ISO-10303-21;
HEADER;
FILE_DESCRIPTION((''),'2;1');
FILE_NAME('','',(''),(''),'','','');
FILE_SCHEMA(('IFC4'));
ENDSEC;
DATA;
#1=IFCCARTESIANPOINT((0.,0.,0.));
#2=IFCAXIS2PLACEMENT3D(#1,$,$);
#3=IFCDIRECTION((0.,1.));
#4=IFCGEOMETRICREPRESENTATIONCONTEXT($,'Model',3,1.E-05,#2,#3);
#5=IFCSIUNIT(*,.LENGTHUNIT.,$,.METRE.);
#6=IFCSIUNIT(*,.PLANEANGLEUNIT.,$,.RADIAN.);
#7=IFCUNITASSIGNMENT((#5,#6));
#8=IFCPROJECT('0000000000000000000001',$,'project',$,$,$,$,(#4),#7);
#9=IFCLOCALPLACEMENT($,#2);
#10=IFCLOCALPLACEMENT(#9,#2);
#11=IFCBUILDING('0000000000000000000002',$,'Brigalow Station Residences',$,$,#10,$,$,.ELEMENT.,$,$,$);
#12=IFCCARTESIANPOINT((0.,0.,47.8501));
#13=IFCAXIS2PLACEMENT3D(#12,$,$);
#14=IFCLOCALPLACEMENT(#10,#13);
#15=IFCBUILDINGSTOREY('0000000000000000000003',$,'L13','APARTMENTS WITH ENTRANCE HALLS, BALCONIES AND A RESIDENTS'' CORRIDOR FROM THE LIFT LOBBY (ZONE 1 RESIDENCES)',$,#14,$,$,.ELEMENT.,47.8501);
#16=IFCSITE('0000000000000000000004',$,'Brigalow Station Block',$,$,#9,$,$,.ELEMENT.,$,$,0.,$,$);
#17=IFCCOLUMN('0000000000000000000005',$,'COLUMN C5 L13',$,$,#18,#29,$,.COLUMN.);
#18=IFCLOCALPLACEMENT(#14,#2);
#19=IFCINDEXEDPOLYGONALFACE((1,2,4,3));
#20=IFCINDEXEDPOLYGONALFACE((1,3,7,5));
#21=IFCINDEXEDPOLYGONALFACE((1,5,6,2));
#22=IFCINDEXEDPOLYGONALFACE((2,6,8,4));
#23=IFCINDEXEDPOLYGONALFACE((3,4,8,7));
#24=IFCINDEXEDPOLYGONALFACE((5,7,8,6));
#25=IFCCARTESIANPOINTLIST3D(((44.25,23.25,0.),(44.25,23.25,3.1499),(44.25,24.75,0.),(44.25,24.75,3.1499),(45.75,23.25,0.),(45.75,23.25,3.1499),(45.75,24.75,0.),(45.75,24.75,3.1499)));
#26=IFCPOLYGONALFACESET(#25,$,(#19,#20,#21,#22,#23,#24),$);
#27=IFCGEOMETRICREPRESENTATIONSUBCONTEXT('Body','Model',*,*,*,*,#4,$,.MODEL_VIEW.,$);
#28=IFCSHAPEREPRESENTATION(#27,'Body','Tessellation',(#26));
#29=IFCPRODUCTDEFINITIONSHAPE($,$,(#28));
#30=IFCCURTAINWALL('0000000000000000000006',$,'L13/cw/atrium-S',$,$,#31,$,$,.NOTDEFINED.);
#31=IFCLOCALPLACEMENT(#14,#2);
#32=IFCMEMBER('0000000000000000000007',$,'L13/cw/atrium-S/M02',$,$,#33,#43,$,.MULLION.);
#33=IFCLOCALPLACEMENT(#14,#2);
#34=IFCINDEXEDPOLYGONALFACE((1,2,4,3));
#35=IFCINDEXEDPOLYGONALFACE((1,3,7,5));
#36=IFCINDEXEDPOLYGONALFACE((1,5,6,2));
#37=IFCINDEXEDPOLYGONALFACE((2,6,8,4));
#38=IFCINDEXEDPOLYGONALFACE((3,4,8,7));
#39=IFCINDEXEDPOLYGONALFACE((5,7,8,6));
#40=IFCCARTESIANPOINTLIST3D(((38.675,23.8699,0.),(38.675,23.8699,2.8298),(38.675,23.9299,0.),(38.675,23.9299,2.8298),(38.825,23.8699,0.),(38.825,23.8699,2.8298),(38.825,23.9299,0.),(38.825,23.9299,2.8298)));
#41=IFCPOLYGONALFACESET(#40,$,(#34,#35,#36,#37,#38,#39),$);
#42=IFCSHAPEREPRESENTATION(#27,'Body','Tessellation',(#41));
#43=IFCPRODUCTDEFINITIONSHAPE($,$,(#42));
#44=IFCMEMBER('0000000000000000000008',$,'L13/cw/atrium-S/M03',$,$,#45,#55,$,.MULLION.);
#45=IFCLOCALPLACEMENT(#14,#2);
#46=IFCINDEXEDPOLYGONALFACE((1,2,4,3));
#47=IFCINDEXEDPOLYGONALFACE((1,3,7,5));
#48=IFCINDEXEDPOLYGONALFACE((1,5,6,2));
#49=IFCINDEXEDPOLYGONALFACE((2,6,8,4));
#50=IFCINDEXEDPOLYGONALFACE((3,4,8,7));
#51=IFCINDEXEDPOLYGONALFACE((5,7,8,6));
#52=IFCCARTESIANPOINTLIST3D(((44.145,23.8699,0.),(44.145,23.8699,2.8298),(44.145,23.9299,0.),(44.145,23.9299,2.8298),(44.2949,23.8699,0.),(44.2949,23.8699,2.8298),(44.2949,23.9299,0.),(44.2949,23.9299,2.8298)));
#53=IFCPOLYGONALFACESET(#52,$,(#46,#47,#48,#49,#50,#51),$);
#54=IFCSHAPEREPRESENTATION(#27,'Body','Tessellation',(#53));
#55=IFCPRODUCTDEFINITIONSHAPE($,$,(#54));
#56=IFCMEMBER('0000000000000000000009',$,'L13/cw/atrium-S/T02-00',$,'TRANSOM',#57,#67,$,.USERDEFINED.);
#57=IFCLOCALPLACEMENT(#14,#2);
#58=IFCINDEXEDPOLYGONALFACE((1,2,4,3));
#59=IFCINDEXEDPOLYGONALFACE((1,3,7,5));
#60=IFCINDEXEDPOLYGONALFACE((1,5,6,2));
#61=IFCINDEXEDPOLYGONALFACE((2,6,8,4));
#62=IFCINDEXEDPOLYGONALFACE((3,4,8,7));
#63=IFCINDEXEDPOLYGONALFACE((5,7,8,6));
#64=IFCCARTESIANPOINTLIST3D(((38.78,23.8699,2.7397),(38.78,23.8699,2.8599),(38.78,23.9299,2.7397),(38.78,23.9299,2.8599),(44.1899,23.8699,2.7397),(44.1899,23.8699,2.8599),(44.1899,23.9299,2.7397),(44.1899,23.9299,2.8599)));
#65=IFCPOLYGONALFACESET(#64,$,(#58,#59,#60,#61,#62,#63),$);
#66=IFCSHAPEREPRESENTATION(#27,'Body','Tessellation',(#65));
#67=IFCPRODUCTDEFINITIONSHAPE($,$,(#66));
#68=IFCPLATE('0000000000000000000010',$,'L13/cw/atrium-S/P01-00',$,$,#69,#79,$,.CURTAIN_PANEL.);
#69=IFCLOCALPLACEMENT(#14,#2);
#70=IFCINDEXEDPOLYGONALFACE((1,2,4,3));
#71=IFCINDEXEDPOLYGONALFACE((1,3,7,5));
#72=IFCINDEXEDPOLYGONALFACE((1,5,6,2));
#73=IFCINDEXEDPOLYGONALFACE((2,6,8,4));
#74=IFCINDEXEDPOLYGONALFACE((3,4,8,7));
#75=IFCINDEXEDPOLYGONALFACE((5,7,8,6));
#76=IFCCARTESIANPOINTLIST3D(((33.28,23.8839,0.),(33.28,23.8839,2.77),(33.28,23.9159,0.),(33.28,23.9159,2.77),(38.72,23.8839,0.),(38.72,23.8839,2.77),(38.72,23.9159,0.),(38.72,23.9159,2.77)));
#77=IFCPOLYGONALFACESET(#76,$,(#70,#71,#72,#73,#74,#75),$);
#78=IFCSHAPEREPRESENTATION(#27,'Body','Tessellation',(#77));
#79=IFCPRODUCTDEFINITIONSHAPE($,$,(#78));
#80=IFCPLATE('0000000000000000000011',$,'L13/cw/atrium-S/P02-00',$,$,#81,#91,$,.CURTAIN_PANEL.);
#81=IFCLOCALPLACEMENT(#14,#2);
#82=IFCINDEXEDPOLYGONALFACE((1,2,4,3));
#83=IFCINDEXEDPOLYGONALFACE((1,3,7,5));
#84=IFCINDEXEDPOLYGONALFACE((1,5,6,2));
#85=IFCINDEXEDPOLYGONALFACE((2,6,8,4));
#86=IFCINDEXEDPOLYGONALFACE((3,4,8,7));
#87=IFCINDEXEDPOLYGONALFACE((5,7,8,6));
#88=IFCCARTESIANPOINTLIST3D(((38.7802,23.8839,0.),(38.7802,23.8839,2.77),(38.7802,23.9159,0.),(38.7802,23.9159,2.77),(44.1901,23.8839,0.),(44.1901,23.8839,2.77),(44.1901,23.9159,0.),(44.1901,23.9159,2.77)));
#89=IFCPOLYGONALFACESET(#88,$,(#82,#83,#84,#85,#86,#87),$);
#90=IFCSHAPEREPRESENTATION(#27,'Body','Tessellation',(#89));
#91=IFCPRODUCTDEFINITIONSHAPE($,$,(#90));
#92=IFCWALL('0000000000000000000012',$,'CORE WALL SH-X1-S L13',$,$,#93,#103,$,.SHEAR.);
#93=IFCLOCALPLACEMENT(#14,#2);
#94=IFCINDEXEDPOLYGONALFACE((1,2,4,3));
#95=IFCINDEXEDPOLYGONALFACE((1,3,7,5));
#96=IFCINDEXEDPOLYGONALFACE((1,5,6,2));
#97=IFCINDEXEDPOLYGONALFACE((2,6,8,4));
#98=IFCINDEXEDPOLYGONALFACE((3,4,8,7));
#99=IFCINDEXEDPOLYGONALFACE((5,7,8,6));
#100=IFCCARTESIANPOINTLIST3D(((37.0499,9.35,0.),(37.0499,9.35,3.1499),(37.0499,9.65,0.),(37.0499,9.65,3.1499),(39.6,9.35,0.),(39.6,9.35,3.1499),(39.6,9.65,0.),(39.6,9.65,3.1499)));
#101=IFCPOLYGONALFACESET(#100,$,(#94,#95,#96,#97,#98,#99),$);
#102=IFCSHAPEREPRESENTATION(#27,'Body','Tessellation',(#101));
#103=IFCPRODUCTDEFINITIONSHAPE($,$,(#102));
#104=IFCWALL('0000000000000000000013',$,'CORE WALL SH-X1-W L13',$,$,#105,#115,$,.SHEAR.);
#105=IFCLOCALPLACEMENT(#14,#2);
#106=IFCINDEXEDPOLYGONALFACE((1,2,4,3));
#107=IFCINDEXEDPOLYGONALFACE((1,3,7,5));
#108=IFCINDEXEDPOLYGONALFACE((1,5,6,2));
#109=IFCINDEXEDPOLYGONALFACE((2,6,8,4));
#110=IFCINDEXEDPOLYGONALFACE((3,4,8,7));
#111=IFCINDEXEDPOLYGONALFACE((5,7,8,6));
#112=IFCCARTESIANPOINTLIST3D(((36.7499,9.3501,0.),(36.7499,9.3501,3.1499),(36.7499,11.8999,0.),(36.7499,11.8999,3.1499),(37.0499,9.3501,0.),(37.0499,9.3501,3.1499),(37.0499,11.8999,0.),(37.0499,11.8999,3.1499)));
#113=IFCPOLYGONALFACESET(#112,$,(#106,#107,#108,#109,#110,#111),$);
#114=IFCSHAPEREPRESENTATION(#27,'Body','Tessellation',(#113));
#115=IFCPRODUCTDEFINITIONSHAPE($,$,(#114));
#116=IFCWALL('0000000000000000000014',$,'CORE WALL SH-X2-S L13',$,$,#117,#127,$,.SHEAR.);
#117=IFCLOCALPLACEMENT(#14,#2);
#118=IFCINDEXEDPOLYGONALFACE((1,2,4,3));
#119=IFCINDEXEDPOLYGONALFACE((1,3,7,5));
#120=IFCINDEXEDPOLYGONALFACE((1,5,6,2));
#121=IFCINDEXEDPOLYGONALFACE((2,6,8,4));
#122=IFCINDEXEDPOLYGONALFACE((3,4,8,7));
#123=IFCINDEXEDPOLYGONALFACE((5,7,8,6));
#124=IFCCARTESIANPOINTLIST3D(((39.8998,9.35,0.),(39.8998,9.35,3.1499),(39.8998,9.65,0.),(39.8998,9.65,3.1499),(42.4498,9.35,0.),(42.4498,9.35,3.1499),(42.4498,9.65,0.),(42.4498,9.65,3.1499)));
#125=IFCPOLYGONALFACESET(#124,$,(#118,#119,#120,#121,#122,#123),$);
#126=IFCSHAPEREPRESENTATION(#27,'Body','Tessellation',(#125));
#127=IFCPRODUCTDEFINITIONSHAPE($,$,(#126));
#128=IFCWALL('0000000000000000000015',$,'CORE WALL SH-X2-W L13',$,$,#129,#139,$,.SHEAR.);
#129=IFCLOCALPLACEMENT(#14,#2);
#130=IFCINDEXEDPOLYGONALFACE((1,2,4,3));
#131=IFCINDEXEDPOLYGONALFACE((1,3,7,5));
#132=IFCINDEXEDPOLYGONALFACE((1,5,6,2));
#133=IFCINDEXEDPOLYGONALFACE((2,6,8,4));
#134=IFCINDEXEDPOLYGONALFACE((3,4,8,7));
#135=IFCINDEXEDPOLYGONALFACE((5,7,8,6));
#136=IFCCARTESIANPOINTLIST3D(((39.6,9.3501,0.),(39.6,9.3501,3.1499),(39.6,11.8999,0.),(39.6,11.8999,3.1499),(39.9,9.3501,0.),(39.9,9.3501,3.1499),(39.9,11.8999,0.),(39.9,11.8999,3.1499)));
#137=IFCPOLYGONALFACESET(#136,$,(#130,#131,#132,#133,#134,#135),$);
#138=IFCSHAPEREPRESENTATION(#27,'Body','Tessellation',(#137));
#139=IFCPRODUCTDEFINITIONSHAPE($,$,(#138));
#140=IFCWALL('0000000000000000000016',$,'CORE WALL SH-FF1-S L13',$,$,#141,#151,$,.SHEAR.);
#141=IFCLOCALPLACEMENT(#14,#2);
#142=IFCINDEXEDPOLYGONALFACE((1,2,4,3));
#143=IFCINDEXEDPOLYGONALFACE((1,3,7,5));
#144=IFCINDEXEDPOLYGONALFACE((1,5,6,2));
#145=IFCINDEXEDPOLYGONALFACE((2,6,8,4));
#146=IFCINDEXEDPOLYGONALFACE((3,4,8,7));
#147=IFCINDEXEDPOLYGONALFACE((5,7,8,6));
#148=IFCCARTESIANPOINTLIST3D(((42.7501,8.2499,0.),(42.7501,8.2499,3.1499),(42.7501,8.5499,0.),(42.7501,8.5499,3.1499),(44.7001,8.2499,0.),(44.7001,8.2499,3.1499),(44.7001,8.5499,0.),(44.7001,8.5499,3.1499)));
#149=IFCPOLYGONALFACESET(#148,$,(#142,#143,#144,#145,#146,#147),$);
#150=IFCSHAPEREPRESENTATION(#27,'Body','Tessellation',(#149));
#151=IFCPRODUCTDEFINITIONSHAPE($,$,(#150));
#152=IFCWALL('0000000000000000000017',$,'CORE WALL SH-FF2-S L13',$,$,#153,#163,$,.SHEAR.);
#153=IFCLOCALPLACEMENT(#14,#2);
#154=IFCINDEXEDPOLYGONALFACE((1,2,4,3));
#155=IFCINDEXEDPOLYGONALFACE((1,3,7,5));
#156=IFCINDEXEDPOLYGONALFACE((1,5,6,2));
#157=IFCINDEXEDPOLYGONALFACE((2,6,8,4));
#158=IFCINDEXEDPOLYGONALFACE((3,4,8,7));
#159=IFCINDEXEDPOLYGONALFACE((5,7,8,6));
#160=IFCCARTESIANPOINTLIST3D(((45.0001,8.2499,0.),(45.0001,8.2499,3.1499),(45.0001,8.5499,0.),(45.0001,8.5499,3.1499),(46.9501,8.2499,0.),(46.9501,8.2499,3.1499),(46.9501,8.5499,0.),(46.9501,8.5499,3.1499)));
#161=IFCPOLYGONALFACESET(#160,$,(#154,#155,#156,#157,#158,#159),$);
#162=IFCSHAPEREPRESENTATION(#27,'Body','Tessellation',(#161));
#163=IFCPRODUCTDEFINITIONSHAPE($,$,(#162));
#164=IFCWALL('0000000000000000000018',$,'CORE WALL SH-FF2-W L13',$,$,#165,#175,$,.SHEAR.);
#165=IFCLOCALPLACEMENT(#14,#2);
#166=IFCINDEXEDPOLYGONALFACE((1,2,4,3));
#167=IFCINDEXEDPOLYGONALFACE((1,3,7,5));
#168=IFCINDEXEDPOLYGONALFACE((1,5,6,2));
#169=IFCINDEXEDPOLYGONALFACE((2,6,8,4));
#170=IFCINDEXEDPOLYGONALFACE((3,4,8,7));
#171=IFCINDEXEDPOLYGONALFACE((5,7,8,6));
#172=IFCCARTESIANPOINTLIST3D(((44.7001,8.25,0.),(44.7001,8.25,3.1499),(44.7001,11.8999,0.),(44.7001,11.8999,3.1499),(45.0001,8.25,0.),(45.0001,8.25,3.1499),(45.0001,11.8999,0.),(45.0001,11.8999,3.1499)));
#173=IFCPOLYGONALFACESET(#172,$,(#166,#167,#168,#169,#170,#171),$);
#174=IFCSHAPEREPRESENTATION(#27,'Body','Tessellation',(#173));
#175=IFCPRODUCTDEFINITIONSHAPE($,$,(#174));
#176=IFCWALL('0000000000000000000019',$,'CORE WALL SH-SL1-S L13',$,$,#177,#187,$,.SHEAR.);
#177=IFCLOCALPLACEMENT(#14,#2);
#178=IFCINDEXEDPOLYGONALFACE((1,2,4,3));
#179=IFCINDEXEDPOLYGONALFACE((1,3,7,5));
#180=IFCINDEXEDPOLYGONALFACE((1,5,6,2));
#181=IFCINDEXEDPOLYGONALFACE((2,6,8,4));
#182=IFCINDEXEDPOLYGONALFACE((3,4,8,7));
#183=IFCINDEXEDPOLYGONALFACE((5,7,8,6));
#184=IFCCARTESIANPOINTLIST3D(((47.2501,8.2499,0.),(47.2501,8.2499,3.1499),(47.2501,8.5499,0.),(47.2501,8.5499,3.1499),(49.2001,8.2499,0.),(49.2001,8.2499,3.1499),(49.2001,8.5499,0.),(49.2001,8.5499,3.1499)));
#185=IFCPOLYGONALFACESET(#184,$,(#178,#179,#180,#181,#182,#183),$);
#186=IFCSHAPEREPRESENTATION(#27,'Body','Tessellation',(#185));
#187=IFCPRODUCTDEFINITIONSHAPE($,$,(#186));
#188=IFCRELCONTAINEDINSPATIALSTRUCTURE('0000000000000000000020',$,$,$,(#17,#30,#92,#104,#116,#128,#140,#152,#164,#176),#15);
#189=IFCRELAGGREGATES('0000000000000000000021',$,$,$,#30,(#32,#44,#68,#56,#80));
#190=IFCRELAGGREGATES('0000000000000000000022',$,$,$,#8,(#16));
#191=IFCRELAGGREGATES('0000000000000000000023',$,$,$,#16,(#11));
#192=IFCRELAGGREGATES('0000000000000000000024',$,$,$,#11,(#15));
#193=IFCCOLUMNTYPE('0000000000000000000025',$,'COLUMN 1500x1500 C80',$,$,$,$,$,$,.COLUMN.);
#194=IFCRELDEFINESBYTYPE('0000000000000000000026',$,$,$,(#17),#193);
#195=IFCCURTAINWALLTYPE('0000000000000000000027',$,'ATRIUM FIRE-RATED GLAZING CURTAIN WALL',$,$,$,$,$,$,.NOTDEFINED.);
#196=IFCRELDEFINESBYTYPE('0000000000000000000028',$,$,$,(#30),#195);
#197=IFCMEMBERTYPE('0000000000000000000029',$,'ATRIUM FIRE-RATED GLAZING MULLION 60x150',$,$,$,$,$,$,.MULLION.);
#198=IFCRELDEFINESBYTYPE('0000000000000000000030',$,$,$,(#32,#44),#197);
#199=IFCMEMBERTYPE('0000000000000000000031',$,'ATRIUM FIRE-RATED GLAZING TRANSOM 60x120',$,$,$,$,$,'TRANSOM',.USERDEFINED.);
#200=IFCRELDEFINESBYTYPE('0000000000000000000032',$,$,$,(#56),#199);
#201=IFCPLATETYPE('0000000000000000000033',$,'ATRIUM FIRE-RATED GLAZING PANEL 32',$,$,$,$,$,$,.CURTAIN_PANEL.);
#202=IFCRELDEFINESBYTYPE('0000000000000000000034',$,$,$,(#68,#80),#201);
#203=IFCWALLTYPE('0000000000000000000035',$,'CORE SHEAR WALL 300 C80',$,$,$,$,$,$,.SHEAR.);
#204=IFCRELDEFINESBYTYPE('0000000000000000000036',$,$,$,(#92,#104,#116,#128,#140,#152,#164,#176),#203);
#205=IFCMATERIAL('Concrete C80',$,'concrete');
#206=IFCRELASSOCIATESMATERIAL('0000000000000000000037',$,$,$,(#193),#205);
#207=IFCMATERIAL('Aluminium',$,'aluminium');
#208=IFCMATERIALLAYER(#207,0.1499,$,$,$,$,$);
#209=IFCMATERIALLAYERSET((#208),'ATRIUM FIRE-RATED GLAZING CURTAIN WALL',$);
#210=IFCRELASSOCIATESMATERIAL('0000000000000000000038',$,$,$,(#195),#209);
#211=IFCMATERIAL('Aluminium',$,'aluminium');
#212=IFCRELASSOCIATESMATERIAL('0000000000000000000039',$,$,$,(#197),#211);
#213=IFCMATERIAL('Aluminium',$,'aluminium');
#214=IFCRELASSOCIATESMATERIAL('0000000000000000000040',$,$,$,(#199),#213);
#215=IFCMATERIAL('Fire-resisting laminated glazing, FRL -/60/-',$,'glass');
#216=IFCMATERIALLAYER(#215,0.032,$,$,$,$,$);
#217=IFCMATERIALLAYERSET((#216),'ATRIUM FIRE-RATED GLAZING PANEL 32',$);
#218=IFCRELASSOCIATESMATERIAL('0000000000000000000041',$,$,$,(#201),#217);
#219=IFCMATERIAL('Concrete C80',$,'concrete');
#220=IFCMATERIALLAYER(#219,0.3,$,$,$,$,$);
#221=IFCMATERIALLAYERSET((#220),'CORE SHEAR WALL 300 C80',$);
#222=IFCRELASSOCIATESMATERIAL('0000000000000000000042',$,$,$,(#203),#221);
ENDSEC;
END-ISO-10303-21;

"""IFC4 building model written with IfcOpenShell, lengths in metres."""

from ifc_helpers import new_model, si_unit, direction, frame, frame_2d, origin, origin_2d, place, context, subcontext, project, spatial, rectangle, extrude, material, layer, layer_set, material_profile, profile_set, type_object, element, aggregate, save


model = new_model("IFC4")

# Units and contexts
model_context = context("Model", 3, precision=1e-05, world=origin(), true_north=direction((0.0, 1.0)))
body_context = subcontext(model_context, "Body", "Model", "MODEL_VIEW")
ifc_project = project(units=[si_unit("LENGTHUNIT", "METRE"), si_unit("PLANEANGLEUNIT", "RADIAN")], contexts=[model_context])

# Site, building, storey
site_placement = place(None, origin())
site = spatial("IfcSite", under=ifc_project, at=site_placement, Name="Brigalow Station Block", CompositionType="ELEMENT", RefElevation=0.0)
building_placement = place(site_placement, origin())
building = spatial("IfcBuilding", under=site, at=building_placement, Name="Brigalow Station Residences", CompositionType="ELEMENT")
storey_placement = place(building_placement, frame((0.0, 0.0, 47.8501)))
storey = spatial("IfcBuildingStorey", under=building, at=storey_placement, Name="L13", Description="APARTMENTS WITH ENTRANCE HALLS, BALCONIES AND A RESIDENTS' CORRIDOR FROM THE LIFT LOBBY (ZONE 1 RESIDENCES)", CompositionType="ELEMENT", Elevation=47.8501)

# Column
ifc_material_1 = material(Name="Concrete C80", Category="concrete")
ifc_material_profile_1 = material_profile(ifc_material_1, rectangle(XDim=1.5, YDim=1.5, at=origin_2d()), Name="RC1500x1500")
ifc_profile_set_1 = profile_set([ifc_material_profile_1], Name="Concrete C80")
column_type = type_object("IfcColumnType", Name="COLUMN 1500x1500 C80", PredefinedType="COLUMN", material=ifc_profile_set_1)
column_placement = place(storey_placement, frame((45.0, 24.0, 0.0), z_axis=(0.0, 0.0, 1.0), x_axis=(1.0, 0.0, 0.0)))
element("IfcColumn", 1, at=column_placement, inside=storey, type_object=column_type, Name="COLUMN C5 L13", PredefinedType="COLUMN", context=body_context, shape_type="SweptSolid", body=[
    extrude(rectangle(XDim=1.5, YDim=1.5, at=origin_2d()), origin(), (0.0, 0.0, 1.0), 3.1499),
])

# Curtain wall, members, plates
ifc_material_2 = material(Name="Aluminium", Category="aluminium")
ifc_layer_1 = layer(ifc_material_2, 0.1499)
ifc_layer_set_1 = layer_set([ifc_layer_1], Name="ATRIUM FIRE-RATED GLAZING CURTAIN WALL")
curtain_wall_type = type_object("IfcCurtainWallType", Name="ATRIUM FIRE-RATED GLAZING CURTAIN WALL", PredefinedType="NOTDEFINED", material=ifc_layer_set_1)
curtain_wall_placement = place(storey_placement, origin())
curtain_wall = element("IfcCurtainWall", 2, at=curtain_wall_placement, inside=storey, type_object=curtain_wall_type, Name="L13/cw/atrium-S", PredefinedType="NOTDEFINED")
ifc_material_3 = material(Name="Aluminium", Category="aluminium")
ifc_material_profile_2 = material_profile(ifc_material_3, rectangle(XDim=0.0601, YDim=0.1499, at=origin_2d()), Name="ATRIUM FIRE-RATED GLAZING MULLION 60x150")
ifc_profile_set_2 = profile_set([ifc_material_profile_2], Name="Aluminium")
member_type_1 = type_object("IfcMemberType", Name="ATRIUM FIRE-RATED GLAZING MULLION 60x150", PredefinedType="MULLION", material=ifc_profile_set_2)
member_1_placement = place(storey_placement, frame((38.75, 23.8999, 0.0), z_axis=(0.0, 0.0, 1.0), x_axis=(0.0, 1.0, 0.0)))
member_1 = element("IfcMember", 3, at=member_1_placement, type_object=member_type_1, Name="L13/cw/atrium-S/M02", PredefinedType="MULLION", context=body_context, shape_type="SweptSolid", body=[
    extrude(rectangle(XDim=0.0601, YDim=0.1499, at=origin_2d()), origin(), (0.0, 0.0, 1.0), 2.8298),
])
member_2_placement = place(storey_placement, frame((44.22, 23.8999, 0.0), z_axis=(0.0, 0.0, 1.0), x_axis=(0.0, 1.0, 0.0)))
member_2 = element("IfcMember", 4, at=member_2_placement, type_object=member_type_1, Name="L13/cw/atrium-S/M03", PredefinedType="MULLION", context=body_context, shape_type="SweptSolid", body=[
    extrude(rectangle(XDim=0.0601, YDim=0.1499, at=origin_2d()), origin(), (0.0, 0.0, 1.0), 2.8298),
])
ifc_material_4 = material(Name="Aluminium", Category="aluminium")
ifc_material_profile_3 = material_profile(ifc_material_4, rectangle(XDim=0.0601, YDim=0.1201, at=origin_2d()), Name="ATRIUM FIRE-RATED GLAZING TRANSOM 60x120")
ifc_profile_set_3 = profile_set([ifc_material_profile_3], Name="Aluminium")
member_type_2 = type_object("IfcMemberType", Name="ATRIUM FIRE-RATED GLAZING TRANSOM 60x120", ElementType="TRANSOM", PredefinedType="USERDEFINED", material=ifc_profile_set_3)
member_3_placement = place(storey_placement, frame((38.78, 23.8999, 2.7998), z_axis=(1.0, 0.0, 0.0), x_axis=(0.0, 1.0, 0.0)))
member_3 = element("IfcMember", 5, at=member_3_placement, type_object=member_type_2, Name="L13/cw/atrium-S/T02-00", ObjectType="TRANSOM", PredefinedType="USERDEFINED", context=body_context, shape_type="SweptSolid", body=[
    extrude(rectangle(XDim=0.0601, YDim=0.1201, at=origin_2d()), origin(), (0.0, 0.0, 1.0), 5.4099),
])
ifc_material_5 = material(Name="Fire-resisting laminated glazing, FRL -/60/-", Category="glass")
ifc_layer_2 = layer(ifc_material_5, 0.032)
ifc_layer_set_2 = layer_set([ifc_layer_2], Name="ATRIUM FIRE-RATED GLAZING PANEL 32")
plate_type = type_object("IfcPlateType", Name="ATRIUM FIRE-RATED GLAZING PANEL 32", PredefinedType="CURTAIN_PANEL", material=ifc_layer_set_2)
plate_1_placement = place(storey_placement, frame((36.0, 23.8999, 0.0), z_axis=(0.0, 0.0, 1.0), x_axis=(1.0, 0.0, 0.0)))
plate_1 = element("IfcPlate", 6, at=plate_1_placement, type_object=plate_type, Name="L13/cw/atrium-S/P01-00", PredefinedType="CURTAIN_PANEL", context=body_context, shape_type="SweptSolid", body=[
    extrude(rectangle(XDim=5.4399, YDim=0.032, at=origin_2d()), origin(), (0.0, 0.0, 1.0), 2.77),
])
plate_2_placement = place(storey_placement, frame((41.4851, 23.8999, 0.0), z_axis=(0.0, 0.0, 1.0), x_axis=(1.0, 0.0, 0.0)))
plate_2 = element("IfcPlate", 7, at=plate_2_placement, type_object=plate_type, Name="L13/cw/atrium-S/P02-00", PredefinedType="CURTAIN_PANEL", context=body_context, shape_type="SweptSolid", body=[
    extrude(rectangle(XDim=5.4099, YDim=0.032, at=origin_2d()), origin(), (0.0, 0.0, 1.0), 2.77),
])
aggregate(curtain_wall, [member_1, member_2, plate_1, member_3, plate_2])

# Walls
ifc_material_6 = material(Name="Concrete C80", Category="concrete")
ifc_layer_3 = layer(ifc_material_6, 0.3)
ifc_layer_set_3 = layer_set([ifc_layer_3], Name="CORE SHEAR WALL 300 C80")
wall_type_1 = type_object("IfcWallType", Name="CORE SHEAR WALL 300 C80", PredefinedType="SHEAR", material=ifc_layer_set_3)
wall_1_placement = place(storey_placement, frame((37.05, 9.5, 0.0), z_axis=(0.0, 0.0, 1.0), x_axis=(1.0, 0.0, 0.0)))
element("IfcWall", 8, at=wall_1_placement, inside=storey, type_object=wall_type_1, Name="CORE WALL SH-X1-S L13", PredefinedType="SHEAR", context=body_context, shape_type="SweptSolid", body=[
    extrude(rectangle(XDim=2.55, YDim=0.3, at=frame_2d((1.2749, 0.0))), origin(), (0.0, 0.0, 1.0), 3.1499),
])
wall_2_placement = place(storey_placement, frame((36.8999, 9.3501, 0.0), z_axis=(0.0, 0.0, 1.0), x_axis=(0.0, 1.0, 0.0)))
element("IfcWall", 9, at=wall_2_placement, inside=storey, type_object=wall_type_1, Name="CORE WALL SH-X1-W L13", PredefinedType="SHEAR", context=body_context, shape_type="SweptSolid", body=[
    extrude(rectangle(XDim=2.5498, YDim=0.3, at=frame_2d((1.2749, 0.0))), origin(), (0.0, 0.0, 1.0), 3.1499),
])
wall_3_placement = place(storey_placement, frame((39.8999, 9.5, 0.0), z_axis=(0.0, 0.0, 1.0), x_axis=(1.0, 0.0, 0.0)))
element("IfcWall", 10, at=wall_3_placement, inside=storey, type_object=wall_type_1, Name="CORE WALL SH-X2-S L13", PredefinedType="SHEAR", context=body_context, shape_type="SweptSolid", body=[
    extrude(rectangle(XDim=2.55, YDim=0.3, at=frame_2d((1.2749, 0.0))), origin(), (0.0, 0.0, 1.0), 3.1499),
])
wall_4_placement = place(storey_placement, frame((39.75, 9.3501, 0.0), z_axis=(0.0, 0.0, 1.0), x_axis=(0.0, 1.0, 0.0)))
element("IfcWall", 11, at=wall_4_placement, inside=storey, type_object=wall_type_1, Name="CORE WALL SH-X2-W L13", PredefinedType="SHEAR", context=body_context, shape_type="SweptSolid", body=[
    extrude(rectangle(XDim=2.5498, YDim=0.3, at=frame_2d((1.2749, 0.0))), origin(), (0.0, 0.0, 1.0), 3.1499),
])
for number, where, z_axis, x_axis, name in (
    (12, (42.75, 8.3999, 0.0), (0.0, 0.0, 1.0), (1.0, 0.0, 0.0), "CORE WALL SH-FF1-S L13"),
    (13, (45.0, 8.3999, 0.0), (0.0, 0.0, 1.0), (1.0, 0.0, 0.0), "CORE WALL SH-FF2-S L13"),
):
    element("IfcWall", number, at=place(storey_placement, frame(where, z_axis=z_axis, x_axis=x_axis)), inside=storey, type_object=wall_type_1, Name=name, PredefinedType="SHEAR", context=body_context, shape_type="SweptSolid", body=[
        extrude(rectangle(XDim=1.95, YDim=0.3, at=frame_2d((0.9751, 0.0))), origin(), (0.0, 0.0, 1.0), 3.1499),
    ])
wall_5_placement = place(storey_placement, frame((44.8501, 8.25, 0.0), z_axis=(0.0, 0.0, 1.0), x_axis=(0.0, 1.0, 0.0)))
element("IfcWall", 14, at=wall_5_placement, inside=storey, type_object=wall_type_1, Name="CORE WALL SH-FF2-W L13", PredefinedType="SHEAR", context=body_context, shape_type="SweptSolid", body=[
    extrude(rectangle(XDim=3.6499, YDim=0.3, at=frame_2d((1.825, 0.0))), origin(), (0.0, 0.0, 1.0), 3.1499),
])
wall_6_placement = place(storey_placement, frame((47.25, 8.3999, 0.0), z_axis=(0.0, 0.0, 1.0), x_axis=(1.0, 0.0, 0.0)))
element("IfcWall", 15, at=wall_6_placement, inside=storey, type_object=wall_type_1, Name="CORE WALL SH-SL1-S L13", PredefinedType="SHEAR", context=body_context, shape_type="SweptSolid", body=[
    extrude(rectangle(XDim=1.95, YDim=0.3, at=frame_2d((0.9751, 0.0))), origin(), (0.0, 0.0, 1.0), 3.1499),
])

save(model, "model.ifc")
